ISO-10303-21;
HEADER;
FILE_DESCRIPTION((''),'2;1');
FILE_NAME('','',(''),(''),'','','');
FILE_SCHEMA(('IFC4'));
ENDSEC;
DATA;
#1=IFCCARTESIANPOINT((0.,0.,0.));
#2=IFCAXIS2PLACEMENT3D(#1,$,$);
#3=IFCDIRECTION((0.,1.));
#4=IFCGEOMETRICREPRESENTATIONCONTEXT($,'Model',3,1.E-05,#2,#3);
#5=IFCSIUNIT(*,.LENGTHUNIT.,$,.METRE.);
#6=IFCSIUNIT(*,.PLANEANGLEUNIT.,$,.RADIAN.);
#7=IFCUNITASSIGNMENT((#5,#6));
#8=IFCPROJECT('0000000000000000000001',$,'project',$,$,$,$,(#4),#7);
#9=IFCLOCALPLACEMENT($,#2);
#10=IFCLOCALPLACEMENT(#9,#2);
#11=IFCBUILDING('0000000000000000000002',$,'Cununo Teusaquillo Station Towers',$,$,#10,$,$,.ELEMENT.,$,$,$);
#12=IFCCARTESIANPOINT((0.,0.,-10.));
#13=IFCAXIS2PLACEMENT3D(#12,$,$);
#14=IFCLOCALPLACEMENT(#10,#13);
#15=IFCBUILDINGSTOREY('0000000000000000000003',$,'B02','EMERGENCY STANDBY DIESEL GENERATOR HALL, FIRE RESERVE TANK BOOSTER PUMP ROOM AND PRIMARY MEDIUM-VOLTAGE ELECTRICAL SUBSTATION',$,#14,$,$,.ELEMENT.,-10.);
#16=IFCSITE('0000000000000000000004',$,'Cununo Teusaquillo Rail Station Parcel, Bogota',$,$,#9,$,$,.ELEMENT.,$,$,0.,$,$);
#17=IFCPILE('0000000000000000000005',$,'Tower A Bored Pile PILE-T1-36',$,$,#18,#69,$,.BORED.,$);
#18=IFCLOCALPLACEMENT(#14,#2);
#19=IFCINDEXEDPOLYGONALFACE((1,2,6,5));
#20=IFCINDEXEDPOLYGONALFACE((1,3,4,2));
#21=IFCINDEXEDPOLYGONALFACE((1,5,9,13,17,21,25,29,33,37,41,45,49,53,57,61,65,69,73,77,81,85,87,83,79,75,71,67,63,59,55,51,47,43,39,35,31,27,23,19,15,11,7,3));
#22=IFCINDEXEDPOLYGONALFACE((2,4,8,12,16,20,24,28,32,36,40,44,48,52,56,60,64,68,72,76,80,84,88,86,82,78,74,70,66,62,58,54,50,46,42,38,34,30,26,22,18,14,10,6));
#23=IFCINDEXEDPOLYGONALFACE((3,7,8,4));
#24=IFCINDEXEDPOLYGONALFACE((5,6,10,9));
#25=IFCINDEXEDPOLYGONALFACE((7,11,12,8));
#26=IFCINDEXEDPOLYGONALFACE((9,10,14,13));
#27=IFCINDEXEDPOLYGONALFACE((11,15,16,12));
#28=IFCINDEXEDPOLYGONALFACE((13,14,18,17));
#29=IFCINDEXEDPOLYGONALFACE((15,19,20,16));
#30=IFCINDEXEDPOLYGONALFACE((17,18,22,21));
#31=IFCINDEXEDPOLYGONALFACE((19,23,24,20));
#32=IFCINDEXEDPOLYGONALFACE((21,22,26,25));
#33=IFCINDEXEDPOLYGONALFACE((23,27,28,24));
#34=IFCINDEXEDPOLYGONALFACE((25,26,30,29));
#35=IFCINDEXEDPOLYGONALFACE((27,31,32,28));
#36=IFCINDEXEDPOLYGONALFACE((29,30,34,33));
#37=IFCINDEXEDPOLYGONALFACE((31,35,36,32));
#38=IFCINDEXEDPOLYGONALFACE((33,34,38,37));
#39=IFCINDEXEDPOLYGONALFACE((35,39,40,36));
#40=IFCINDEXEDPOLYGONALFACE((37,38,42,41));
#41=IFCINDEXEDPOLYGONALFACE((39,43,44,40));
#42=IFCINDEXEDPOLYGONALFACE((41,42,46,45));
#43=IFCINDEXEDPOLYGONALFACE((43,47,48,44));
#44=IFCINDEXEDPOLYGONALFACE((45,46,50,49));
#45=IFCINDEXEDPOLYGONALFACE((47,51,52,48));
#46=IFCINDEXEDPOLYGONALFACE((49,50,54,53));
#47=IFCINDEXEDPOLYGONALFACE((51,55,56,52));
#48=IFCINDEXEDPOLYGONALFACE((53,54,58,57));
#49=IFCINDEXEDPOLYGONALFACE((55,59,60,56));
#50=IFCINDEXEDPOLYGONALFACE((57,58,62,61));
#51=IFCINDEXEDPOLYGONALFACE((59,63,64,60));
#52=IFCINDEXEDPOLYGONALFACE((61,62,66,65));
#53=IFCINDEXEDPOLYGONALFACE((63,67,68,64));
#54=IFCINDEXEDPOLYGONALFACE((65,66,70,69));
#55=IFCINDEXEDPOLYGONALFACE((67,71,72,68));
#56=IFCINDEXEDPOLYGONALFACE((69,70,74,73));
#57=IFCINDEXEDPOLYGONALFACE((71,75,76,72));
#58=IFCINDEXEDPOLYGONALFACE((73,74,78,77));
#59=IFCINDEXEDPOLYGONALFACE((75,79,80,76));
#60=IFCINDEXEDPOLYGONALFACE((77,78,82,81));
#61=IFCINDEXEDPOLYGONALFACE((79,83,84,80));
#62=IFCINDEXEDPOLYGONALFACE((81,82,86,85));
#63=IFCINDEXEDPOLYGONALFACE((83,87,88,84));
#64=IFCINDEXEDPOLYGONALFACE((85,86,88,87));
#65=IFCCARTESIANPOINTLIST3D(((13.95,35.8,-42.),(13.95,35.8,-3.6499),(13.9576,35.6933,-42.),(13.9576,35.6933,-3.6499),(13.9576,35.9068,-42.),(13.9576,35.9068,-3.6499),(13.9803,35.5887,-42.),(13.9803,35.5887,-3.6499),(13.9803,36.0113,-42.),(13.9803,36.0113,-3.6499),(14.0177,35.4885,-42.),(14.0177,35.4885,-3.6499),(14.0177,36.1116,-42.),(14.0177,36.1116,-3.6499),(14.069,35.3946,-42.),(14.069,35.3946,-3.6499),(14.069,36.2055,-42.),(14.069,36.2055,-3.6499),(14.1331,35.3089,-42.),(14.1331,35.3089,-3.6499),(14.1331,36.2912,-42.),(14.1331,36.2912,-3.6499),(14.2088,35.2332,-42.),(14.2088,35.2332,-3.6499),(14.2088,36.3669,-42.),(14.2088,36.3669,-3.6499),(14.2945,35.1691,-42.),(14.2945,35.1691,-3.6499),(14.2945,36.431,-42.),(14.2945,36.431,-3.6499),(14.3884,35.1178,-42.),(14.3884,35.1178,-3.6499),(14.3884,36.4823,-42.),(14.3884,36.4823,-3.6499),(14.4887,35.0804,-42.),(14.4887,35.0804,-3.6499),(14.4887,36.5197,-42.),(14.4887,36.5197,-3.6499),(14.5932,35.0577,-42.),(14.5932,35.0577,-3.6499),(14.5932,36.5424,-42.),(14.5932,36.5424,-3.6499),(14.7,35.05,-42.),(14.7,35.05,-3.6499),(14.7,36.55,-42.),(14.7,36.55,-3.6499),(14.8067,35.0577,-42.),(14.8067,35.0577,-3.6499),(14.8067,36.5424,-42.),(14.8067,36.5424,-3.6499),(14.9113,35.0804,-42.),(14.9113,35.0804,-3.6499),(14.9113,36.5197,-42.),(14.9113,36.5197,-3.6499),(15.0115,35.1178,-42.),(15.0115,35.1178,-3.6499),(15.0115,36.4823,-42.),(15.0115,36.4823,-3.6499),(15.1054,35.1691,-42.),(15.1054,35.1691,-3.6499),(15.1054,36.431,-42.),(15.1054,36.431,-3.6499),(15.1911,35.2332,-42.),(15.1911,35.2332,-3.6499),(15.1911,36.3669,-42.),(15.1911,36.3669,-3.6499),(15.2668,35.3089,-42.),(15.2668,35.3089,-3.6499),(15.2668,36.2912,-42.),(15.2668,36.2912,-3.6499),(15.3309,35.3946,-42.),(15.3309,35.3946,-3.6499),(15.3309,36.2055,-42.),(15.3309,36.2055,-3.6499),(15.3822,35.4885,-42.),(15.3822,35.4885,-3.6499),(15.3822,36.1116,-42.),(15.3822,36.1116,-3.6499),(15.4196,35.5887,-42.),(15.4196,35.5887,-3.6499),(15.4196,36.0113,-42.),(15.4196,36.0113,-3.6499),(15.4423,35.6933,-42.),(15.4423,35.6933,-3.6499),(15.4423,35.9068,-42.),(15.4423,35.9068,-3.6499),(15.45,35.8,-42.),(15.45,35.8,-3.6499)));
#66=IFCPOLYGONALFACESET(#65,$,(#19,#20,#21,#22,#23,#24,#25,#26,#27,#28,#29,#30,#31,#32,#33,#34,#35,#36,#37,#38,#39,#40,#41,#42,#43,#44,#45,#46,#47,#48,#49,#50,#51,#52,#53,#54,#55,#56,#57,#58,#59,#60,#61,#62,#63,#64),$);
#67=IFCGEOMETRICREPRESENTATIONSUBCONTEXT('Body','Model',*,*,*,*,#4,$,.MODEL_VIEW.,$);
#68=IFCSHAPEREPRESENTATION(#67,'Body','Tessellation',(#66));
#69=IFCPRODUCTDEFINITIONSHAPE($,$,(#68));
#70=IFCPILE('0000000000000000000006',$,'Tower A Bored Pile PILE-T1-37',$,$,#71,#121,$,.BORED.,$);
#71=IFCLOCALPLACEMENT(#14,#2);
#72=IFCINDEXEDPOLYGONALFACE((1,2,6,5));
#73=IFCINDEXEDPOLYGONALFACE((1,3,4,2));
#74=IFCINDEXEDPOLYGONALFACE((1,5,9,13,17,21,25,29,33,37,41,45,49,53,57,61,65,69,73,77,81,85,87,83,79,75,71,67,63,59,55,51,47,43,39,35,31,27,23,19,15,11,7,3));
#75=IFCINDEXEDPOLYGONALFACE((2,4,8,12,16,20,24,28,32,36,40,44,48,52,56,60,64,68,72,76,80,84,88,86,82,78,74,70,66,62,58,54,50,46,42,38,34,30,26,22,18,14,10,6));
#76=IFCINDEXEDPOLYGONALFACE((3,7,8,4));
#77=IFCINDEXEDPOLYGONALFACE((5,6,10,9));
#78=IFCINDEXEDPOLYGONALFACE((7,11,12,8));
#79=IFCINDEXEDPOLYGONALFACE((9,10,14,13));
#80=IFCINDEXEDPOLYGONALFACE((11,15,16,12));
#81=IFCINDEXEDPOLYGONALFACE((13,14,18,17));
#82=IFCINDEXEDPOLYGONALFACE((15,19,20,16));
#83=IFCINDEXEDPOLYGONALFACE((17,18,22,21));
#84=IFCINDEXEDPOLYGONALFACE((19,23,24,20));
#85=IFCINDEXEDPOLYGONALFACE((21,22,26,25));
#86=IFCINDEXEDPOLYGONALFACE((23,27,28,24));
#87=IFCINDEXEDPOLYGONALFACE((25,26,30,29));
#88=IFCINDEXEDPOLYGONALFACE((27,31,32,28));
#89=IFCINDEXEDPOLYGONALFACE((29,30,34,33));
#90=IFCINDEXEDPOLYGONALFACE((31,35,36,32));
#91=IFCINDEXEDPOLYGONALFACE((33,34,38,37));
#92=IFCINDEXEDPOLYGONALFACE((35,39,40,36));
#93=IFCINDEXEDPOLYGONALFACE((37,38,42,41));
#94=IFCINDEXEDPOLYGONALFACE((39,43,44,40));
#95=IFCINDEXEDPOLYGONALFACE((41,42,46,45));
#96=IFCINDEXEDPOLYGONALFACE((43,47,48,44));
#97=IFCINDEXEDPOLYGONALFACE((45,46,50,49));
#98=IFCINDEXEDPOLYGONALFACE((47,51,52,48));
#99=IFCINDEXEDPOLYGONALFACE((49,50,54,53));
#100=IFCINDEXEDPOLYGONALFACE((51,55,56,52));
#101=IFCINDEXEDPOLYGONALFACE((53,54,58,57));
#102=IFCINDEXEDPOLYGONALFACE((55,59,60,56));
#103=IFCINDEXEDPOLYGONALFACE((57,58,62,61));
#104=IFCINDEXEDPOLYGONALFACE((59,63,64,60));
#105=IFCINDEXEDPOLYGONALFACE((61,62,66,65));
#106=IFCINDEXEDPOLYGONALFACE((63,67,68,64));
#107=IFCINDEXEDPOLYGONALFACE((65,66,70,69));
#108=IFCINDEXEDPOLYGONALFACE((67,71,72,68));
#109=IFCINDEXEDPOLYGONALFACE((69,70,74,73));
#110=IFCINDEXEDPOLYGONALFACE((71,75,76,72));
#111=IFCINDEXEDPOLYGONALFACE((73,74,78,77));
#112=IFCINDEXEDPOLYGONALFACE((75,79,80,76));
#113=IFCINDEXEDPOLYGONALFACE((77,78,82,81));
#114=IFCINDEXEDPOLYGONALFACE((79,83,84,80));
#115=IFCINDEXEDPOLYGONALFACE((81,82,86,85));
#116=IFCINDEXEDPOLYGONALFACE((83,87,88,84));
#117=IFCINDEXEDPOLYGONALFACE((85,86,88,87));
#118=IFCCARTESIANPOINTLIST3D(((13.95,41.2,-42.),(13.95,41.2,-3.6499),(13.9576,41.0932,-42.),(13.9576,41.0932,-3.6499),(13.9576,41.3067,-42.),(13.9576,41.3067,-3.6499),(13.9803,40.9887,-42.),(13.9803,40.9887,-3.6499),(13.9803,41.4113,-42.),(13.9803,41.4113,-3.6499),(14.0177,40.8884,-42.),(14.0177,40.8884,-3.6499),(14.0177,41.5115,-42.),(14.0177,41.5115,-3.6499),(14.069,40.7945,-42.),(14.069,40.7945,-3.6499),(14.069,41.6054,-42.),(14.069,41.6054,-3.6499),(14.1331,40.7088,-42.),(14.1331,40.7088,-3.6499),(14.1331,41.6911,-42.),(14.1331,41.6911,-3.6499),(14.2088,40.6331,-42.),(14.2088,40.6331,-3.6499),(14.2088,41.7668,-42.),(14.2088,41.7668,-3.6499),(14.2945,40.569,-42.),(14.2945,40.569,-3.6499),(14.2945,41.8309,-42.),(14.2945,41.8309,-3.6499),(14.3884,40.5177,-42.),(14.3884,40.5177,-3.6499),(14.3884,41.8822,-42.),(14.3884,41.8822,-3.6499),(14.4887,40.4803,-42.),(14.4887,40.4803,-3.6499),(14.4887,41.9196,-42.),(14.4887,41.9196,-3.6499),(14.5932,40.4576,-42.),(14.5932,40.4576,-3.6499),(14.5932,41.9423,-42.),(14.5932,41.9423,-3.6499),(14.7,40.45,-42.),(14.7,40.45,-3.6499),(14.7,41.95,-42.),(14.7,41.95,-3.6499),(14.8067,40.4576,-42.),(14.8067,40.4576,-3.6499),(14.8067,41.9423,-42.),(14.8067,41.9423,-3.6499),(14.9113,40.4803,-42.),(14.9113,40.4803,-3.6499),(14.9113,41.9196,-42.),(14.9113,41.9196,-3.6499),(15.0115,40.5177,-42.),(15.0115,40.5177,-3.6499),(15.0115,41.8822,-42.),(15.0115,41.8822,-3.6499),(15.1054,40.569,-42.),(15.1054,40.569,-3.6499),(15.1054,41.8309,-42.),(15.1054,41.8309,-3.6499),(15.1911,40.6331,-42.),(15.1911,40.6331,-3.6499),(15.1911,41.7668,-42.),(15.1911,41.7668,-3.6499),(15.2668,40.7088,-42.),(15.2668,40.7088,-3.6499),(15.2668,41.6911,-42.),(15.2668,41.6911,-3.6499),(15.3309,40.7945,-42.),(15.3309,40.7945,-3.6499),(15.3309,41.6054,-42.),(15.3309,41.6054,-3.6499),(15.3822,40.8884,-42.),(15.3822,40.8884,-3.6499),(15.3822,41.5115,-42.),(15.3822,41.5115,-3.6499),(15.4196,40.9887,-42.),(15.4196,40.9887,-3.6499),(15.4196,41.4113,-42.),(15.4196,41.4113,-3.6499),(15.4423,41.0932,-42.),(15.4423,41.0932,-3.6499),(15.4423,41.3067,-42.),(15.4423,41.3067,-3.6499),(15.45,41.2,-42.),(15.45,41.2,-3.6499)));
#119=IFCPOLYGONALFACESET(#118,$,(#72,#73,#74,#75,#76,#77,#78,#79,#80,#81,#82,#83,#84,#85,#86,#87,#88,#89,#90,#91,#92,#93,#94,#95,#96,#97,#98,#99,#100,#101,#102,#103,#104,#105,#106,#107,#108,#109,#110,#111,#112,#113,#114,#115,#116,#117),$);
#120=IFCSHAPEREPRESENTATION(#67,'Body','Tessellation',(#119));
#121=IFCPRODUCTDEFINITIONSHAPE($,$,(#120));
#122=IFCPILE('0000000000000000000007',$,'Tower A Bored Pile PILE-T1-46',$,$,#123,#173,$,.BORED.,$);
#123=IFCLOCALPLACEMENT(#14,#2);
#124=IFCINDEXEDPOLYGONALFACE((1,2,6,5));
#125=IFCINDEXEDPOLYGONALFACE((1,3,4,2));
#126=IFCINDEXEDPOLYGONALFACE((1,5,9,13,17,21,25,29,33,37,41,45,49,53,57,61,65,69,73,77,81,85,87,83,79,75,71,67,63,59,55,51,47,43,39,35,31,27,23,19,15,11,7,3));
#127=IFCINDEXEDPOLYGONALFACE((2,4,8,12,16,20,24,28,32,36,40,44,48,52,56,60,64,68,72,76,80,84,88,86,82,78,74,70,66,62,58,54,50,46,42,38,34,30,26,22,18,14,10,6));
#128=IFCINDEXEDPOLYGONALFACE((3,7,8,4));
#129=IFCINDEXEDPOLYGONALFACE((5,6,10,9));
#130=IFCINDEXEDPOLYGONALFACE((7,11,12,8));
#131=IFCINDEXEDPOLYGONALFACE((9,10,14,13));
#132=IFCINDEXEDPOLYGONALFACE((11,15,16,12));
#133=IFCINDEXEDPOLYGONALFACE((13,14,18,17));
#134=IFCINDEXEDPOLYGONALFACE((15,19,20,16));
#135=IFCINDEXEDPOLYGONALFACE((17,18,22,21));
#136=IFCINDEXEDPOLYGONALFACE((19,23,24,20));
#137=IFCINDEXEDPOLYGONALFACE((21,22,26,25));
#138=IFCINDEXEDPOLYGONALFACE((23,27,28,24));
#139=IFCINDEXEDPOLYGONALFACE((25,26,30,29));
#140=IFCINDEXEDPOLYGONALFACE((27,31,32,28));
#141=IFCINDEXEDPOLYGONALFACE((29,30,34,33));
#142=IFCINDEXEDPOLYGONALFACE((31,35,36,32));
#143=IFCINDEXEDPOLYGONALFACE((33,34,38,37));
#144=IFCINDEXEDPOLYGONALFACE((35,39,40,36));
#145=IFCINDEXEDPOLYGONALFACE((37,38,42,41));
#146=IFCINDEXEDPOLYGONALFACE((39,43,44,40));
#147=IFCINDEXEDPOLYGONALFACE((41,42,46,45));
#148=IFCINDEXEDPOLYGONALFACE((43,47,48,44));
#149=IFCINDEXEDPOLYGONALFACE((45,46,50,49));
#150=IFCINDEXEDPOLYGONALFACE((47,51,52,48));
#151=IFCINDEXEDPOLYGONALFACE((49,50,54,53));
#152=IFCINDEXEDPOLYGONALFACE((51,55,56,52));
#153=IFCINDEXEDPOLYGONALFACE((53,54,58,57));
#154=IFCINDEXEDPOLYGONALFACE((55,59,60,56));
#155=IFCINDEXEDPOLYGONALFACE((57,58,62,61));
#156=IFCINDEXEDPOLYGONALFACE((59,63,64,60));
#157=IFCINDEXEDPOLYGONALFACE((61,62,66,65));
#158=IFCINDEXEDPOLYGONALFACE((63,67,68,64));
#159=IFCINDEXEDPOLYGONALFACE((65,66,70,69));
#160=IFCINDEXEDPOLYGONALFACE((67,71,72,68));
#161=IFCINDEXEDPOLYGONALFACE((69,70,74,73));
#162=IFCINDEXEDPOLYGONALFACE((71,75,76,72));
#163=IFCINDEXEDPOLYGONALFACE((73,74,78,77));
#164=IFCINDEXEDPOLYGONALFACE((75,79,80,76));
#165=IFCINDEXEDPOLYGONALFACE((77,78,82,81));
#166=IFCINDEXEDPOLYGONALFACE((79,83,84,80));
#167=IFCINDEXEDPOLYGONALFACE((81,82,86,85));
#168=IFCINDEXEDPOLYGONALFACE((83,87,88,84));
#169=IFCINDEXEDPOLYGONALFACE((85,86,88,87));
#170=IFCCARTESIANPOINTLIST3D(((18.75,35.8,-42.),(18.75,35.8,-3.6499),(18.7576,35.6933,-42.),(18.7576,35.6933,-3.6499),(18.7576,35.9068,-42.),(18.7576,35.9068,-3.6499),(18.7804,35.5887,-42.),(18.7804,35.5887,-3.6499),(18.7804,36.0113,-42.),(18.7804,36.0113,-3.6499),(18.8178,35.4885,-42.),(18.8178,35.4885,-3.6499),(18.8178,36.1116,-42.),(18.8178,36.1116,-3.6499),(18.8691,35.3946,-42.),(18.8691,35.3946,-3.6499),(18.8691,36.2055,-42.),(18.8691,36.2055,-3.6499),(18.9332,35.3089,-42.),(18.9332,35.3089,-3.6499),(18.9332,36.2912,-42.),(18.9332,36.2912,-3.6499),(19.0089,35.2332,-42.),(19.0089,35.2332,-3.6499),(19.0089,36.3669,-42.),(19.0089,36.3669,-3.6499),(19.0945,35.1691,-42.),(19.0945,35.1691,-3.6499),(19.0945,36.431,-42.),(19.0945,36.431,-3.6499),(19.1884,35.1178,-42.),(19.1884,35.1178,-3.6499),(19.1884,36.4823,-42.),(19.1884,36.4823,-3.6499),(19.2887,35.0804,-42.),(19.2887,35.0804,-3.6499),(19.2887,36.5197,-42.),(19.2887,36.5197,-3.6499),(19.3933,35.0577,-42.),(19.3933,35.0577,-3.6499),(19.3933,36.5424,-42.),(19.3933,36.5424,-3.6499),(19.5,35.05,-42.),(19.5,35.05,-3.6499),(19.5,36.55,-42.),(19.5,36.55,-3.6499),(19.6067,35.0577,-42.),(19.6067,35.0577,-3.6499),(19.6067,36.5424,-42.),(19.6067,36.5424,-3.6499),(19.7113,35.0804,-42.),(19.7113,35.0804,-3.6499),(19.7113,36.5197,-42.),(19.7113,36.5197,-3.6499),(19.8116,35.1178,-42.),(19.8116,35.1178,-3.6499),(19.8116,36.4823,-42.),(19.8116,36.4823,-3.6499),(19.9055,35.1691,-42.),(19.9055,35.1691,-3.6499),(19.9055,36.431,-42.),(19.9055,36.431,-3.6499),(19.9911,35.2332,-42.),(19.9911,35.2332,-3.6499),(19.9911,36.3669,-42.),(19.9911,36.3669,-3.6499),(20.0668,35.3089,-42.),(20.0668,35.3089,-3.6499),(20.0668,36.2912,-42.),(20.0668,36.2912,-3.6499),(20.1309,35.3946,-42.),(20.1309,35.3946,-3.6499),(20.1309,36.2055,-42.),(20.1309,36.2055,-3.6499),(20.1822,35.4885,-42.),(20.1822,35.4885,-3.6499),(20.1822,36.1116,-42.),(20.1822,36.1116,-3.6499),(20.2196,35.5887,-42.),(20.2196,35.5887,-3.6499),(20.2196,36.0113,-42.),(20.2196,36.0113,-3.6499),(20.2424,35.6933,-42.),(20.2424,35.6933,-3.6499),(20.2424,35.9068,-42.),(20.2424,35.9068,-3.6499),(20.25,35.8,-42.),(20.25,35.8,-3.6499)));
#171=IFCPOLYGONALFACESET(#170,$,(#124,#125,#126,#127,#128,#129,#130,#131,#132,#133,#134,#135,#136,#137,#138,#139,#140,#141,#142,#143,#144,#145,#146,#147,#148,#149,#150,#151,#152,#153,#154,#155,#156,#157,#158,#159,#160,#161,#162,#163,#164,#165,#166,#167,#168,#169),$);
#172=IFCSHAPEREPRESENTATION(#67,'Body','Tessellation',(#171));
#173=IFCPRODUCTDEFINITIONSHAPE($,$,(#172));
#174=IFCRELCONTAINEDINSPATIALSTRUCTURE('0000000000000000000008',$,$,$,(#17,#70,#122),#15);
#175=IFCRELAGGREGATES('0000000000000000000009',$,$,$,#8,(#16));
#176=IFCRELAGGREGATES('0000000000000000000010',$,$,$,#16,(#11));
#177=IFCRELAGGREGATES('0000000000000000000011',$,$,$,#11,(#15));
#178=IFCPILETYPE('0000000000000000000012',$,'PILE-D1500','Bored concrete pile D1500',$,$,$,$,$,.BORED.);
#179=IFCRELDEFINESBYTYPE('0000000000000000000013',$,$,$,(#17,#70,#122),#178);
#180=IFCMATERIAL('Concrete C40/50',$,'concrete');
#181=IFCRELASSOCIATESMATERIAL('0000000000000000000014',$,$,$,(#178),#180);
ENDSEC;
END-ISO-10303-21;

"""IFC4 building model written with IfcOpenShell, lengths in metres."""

from ifc_helpers import new_model, si_unit, direction, frame, origin, origin_2d, place, context, subcontext, project, spatial, circle, extrude, material, material_profile, profile_set, type_object, element, save


model = new_model("IFC4")

# Units and contexts
model_context = context("Model", 3, precision=1e-05, world=origin(), true_north=direction((0.0, 1.0)))
body_context = subcontext(model_context, "Body", "Model", "MODEL_VIEW")
ifc_project = project(units=[si_unit("LENGTHUNIT", "METRE"), si_unit("PLANEANGLEUNIT", "RADIAN")], contexts=[model_context])

# Site, building, storey
site_placement = place(None, origin())
site = spatial("IfcSite", under=ifc_project, at=site_placement, Name="Cununo Teusaquillo Rail Station Parcel, Bogota", CompositionType="ELEMENT", RefElevation=0.0)
building_placement = place(site_placement, origin())
building = spatial("IfcBuilding", under=site, at=building_placement, Name="Cununo Teusaquillo Station Towers", CompositionType="ELEMENT")
storey_placement = place(building_placement, frame((0.0, 0.0, -10.0)))
storey = spatial("IfcBuildingStorey", under=building, at=storey_placement, Name="B02", Description="EMERGENCY STANDBY DIESEL GENERATOR HALL, FIRE RESERVE TANK BOOSTER PUMP ROOM AND PRIMARY MEDIUM-VOLTAGE ELECTRICAL SUBSTATION", CompositionType="ELEMENT", Elevation=-10.0)

# Piles
ifc_material_1 = material(Name="Concrete C40/50", Category="concrete")
ifc_material_profile_1 = material_profile(ifc_material_1, circle(Radius=0.75, at=origin_2d()), Name="PILE-BORED-1500")
ifc_profile_set_1 = profile_set([ifc_material_profile_1], Name="Concrete C40/50")
pile_type = type_object("IfcPileType", Name="PILE-D1500", Description="Bored concrete pile D1500", PredefinedType="BORED", material=ifc_profile_set_1)
for number, where, z_axis, x_axis, name in (
    (1, (14.7, 35.8, -3.6499), (0.0, 0.0, -1.0), (1.0, 0.0, 0.0), "Tower A Bored Pile PILE-T1-36"),
    (2, (14.7, 41.2, -3.6499), (0.0, 0.0, -1.0), (1.0, 0.0, 0.0), "Tower A Bored Pile PILE-T1-37"),
    (3, (19.5, 35.8, -3.6499), (0.0, 0.0, -1.0), (1.0, 0.0, 0.0), "Tower A Bored Pile PILE-T1-46"),
):
    element("IfcPile", number, at=place(storey_placement, frame(where, z_axis=z_axis, x_axis=x_axis)), inside=storey, type_object=pile_type, Name=name, PredefinedType="BORED", context=body_context, shape_type="SweptSolid", body=[
        extrude(circle(Radius=0.75, at=origin_2d()), origin(), (0.0, 0.0, 1.0), 38.3501),
    ])

save(model, "model.ifc")
